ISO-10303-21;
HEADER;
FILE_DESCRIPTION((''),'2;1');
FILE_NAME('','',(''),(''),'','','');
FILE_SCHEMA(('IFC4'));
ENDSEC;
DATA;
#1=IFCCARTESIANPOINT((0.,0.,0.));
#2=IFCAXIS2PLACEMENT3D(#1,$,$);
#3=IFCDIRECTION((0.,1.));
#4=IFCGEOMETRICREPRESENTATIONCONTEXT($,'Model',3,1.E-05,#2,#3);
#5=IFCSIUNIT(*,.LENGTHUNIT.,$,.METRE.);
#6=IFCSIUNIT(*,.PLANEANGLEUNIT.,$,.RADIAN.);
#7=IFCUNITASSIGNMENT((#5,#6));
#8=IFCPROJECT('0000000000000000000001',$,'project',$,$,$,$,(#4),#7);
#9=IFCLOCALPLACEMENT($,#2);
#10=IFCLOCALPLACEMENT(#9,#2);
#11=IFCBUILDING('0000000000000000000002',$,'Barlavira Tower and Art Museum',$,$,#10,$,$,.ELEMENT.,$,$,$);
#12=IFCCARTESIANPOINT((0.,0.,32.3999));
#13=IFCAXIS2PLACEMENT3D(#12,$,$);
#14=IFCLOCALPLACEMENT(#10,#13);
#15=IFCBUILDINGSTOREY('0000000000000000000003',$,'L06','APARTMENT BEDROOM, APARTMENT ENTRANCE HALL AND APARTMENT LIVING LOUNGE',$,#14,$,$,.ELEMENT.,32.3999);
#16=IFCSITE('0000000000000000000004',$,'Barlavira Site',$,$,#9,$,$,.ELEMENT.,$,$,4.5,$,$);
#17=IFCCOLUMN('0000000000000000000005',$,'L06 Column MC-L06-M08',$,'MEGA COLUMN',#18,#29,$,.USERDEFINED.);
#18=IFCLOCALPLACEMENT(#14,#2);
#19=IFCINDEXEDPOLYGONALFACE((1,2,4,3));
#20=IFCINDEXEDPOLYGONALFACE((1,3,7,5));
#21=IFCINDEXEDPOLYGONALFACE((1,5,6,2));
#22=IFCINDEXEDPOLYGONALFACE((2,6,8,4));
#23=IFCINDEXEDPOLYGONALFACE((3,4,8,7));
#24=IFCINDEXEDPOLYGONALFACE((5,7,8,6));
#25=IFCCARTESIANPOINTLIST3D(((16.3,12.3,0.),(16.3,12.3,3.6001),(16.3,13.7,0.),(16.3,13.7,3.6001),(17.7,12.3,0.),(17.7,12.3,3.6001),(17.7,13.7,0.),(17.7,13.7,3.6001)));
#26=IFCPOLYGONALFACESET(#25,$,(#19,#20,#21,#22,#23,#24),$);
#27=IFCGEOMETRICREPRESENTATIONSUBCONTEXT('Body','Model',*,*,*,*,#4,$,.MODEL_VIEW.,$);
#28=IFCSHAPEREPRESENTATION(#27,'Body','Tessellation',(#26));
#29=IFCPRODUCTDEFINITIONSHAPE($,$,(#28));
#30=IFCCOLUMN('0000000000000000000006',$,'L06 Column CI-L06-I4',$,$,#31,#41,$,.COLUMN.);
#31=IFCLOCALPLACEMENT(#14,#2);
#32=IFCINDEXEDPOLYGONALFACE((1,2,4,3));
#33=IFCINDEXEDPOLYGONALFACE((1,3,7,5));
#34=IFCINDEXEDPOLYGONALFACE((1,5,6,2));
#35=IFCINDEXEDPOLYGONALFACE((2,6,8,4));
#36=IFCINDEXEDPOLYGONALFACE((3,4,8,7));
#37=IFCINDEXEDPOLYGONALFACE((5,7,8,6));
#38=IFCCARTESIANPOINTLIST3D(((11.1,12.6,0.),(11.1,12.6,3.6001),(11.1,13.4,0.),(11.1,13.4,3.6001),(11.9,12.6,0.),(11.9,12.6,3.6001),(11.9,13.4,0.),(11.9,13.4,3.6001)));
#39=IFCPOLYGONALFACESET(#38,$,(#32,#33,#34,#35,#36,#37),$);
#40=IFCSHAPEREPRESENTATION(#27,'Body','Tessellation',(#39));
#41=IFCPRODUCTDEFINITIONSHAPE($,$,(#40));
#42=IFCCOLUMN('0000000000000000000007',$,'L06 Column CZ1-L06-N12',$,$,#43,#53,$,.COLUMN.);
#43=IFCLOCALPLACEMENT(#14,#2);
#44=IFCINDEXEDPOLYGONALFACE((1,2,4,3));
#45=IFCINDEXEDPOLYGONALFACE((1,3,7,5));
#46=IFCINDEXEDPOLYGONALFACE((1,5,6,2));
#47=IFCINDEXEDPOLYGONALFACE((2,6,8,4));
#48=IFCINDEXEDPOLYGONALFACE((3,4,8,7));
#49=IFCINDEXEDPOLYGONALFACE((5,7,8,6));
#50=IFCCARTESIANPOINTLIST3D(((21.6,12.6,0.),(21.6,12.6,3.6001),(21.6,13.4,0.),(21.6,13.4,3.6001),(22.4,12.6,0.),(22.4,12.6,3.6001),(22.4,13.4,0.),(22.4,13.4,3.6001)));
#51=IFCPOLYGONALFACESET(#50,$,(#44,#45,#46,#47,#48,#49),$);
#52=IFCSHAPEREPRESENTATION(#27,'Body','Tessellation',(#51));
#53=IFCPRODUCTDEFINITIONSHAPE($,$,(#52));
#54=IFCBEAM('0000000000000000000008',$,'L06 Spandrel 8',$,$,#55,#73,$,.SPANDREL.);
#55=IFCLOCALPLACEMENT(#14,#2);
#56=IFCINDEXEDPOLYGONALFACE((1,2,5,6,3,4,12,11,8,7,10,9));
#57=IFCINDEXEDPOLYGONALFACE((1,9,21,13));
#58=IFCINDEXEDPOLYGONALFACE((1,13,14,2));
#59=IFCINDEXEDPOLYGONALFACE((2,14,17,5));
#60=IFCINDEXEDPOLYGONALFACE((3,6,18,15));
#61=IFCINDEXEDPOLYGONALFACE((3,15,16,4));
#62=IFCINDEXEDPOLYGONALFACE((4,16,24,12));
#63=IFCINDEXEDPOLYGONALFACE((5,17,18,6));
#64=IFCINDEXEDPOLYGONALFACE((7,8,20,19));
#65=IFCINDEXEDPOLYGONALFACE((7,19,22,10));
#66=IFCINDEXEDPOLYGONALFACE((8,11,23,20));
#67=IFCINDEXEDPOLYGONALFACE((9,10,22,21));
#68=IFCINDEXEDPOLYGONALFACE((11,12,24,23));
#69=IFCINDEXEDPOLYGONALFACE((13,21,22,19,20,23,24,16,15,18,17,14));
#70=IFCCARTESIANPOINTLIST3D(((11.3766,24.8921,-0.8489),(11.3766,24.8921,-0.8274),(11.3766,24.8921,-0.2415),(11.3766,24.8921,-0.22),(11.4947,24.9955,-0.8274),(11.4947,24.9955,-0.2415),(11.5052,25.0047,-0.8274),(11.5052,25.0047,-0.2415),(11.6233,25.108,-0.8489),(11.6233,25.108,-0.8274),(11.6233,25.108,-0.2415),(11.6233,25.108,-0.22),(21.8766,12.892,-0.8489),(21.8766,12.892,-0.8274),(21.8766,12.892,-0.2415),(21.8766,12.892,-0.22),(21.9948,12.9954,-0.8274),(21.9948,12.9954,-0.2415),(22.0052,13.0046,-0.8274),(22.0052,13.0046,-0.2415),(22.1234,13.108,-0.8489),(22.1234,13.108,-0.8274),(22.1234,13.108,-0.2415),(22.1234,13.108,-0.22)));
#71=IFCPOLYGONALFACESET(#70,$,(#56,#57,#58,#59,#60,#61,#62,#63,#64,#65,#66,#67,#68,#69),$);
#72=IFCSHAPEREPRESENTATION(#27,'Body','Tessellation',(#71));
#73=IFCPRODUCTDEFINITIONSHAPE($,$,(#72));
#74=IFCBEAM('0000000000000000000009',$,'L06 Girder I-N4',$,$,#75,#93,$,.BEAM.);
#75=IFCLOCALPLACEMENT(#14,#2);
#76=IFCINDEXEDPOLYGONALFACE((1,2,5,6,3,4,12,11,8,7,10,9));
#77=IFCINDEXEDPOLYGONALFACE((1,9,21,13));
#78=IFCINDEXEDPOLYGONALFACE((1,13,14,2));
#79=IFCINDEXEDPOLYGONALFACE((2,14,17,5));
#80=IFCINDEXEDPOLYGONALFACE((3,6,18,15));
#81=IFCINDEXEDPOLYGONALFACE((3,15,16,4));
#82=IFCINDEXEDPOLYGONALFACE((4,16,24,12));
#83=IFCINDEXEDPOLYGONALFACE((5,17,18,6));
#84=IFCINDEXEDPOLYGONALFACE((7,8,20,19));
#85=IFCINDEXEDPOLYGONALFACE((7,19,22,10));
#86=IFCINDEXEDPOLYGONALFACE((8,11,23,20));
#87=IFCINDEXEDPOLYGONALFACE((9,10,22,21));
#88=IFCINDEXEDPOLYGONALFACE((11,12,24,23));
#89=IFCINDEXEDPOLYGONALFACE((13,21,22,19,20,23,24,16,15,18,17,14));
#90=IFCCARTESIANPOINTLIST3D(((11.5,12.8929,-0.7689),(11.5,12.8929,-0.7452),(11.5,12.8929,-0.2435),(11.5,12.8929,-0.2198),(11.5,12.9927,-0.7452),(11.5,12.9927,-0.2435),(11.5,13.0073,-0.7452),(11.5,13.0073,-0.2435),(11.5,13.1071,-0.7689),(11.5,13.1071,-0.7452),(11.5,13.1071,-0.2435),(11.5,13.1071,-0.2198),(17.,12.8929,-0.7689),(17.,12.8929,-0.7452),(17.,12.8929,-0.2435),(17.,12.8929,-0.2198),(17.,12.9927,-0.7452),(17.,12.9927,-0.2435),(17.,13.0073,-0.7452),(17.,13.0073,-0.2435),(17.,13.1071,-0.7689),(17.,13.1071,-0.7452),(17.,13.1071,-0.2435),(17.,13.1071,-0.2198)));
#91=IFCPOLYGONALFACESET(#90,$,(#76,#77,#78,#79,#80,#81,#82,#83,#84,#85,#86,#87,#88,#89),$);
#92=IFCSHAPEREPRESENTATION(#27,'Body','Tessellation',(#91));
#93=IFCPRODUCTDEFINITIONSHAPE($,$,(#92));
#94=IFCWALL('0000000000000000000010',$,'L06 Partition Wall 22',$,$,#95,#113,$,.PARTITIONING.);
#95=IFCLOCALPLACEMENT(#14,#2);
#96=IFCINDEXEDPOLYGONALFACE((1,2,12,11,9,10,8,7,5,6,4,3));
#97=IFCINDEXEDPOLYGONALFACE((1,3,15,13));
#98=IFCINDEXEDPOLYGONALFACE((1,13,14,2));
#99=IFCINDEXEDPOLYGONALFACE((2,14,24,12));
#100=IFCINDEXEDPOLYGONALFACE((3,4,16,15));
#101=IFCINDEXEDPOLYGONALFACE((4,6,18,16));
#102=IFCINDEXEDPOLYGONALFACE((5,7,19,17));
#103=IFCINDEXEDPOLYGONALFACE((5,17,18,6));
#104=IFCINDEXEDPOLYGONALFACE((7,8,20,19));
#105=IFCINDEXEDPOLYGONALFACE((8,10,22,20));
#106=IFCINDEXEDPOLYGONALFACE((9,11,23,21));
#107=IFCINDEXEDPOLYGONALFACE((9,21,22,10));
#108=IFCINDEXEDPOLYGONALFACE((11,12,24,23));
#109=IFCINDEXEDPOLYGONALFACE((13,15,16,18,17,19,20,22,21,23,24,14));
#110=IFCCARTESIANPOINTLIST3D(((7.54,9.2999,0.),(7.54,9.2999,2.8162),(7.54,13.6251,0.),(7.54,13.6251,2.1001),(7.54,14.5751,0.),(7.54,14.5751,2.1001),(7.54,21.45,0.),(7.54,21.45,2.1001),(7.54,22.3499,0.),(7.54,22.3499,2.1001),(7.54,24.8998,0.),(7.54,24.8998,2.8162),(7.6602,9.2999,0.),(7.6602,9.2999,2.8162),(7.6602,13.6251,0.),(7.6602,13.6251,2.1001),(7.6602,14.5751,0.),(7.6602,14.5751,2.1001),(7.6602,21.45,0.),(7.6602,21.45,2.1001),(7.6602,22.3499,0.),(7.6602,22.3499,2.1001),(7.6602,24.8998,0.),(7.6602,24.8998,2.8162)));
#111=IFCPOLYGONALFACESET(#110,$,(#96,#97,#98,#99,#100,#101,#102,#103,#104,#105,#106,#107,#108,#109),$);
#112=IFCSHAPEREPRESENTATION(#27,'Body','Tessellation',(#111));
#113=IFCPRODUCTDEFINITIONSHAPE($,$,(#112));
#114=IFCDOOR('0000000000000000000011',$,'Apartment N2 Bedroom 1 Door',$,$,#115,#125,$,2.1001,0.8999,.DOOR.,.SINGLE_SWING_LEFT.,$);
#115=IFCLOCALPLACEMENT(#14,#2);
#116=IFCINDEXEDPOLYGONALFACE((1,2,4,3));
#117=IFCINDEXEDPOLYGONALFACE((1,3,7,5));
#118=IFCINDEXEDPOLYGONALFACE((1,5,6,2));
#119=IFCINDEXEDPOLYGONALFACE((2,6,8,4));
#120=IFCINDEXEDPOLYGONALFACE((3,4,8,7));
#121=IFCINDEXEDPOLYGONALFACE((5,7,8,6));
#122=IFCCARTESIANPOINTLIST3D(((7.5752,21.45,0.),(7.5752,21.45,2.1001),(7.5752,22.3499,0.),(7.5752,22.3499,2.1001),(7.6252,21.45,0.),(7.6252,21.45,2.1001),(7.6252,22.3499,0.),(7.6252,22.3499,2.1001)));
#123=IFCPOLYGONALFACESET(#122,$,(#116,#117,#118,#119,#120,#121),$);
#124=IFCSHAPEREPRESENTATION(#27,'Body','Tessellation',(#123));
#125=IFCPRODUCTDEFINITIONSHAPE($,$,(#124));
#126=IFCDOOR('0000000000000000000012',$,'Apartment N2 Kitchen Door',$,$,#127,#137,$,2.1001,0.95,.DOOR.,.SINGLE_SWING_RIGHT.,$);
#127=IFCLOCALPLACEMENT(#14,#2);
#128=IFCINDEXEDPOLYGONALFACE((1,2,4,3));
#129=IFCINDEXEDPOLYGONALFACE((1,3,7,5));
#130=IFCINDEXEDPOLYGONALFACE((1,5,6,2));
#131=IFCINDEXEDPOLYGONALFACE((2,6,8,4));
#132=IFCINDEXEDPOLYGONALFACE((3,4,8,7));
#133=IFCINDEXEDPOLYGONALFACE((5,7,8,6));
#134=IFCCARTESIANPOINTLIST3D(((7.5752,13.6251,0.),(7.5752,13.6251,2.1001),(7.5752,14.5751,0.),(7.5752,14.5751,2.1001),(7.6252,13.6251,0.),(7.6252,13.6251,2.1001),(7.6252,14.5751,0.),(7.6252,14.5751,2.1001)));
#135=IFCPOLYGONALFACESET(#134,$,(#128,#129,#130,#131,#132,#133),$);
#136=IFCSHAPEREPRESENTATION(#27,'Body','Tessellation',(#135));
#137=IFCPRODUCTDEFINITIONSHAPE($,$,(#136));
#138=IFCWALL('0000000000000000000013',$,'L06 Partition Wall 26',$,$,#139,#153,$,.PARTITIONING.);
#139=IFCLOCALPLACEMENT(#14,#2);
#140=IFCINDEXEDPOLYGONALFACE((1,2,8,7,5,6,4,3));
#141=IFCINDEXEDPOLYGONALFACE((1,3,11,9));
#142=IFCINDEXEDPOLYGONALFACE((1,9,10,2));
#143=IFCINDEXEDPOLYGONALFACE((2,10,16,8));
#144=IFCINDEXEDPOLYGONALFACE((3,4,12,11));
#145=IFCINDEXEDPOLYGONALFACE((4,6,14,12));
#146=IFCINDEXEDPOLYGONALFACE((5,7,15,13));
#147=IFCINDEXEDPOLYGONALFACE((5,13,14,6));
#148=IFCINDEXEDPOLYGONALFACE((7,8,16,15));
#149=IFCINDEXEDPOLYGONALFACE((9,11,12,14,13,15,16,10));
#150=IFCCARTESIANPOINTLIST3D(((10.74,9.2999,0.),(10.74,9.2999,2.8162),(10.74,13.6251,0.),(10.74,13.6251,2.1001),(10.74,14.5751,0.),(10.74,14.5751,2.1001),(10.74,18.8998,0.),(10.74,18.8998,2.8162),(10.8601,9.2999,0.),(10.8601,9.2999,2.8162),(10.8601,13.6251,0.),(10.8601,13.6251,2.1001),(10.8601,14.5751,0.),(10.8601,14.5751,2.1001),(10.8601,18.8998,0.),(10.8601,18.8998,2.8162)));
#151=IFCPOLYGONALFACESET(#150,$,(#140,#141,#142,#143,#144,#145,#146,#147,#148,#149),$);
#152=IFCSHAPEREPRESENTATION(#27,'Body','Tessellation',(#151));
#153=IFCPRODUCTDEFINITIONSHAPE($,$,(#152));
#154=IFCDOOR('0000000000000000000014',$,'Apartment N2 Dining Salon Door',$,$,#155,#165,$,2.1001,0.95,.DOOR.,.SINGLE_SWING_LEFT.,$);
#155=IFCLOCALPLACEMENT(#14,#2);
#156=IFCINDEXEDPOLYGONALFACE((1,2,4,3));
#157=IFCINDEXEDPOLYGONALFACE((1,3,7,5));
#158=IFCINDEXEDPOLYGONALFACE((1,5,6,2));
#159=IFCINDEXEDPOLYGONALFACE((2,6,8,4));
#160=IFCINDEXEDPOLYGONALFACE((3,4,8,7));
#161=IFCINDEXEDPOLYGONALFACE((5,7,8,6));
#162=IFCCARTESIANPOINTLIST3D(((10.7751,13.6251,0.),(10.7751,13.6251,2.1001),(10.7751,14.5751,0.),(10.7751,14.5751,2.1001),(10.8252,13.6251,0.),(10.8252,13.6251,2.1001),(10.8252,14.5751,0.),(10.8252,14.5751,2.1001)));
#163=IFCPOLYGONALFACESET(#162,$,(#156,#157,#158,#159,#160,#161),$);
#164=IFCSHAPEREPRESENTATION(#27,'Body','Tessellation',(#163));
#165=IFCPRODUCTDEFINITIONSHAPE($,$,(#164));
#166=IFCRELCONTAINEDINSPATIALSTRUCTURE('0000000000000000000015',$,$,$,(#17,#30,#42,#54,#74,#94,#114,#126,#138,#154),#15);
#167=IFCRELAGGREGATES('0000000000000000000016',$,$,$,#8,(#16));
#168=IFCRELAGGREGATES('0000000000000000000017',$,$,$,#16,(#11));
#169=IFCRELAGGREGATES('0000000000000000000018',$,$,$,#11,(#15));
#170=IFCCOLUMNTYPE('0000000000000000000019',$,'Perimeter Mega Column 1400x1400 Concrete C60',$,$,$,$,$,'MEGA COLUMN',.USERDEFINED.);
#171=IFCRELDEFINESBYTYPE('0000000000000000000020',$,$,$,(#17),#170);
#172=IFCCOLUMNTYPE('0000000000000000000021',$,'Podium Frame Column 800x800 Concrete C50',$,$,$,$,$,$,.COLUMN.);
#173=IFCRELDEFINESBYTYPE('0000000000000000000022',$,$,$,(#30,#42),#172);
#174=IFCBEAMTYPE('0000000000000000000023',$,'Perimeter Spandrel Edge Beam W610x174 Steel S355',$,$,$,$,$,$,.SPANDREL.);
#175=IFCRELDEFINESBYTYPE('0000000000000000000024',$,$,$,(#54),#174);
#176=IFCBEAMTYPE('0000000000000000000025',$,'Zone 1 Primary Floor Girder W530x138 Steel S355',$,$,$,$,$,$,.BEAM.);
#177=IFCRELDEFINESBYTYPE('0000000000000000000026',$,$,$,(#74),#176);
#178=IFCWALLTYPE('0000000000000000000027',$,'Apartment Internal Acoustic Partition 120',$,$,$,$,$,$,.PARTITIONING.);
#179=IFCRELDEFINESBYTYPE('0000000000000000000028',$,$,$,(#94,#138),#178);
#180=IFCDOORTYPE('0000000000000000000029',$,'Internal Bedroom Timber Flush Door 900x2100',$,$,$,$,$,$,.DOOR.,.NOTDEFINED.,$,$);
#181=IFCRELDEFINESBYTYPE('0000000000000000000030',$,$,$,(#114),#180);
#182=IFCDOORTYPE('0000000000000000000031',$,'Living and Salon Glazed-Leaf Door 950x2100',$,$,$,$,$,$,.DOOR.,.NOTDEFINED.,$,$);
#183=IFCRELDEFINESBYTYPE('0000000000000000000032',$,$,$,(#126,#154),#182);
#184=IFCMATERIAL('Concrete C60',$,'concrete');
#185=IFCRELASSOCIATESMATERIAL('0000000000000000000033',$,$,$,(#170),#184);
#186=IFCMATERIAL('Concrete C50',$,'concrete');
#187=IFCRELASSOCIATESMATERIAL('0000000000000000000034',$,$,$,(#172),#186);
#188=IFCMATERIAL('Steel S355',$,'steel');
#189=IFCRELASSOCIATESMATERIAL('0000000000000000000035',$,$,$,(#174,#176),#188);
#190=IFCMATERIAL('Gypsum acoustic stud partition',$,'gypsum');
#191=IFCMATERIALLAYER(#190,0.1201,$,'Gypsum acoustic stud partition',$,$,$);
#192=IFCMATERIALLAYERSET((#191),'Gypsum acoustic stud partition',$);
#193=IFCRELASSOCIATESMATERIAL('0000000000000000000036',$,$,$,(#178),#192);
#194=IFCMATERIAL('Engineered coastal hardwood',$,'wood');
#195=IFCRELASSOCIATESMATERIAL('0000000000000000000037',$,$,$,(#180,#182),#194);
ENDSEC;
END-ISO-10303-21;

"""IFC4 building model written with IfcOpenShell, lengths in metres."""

from ifc_helpers import new_model, si_unit, direction, frame, frame_2d, origin, origin_2d, place, context, subcontext, project, spatial, rectangle, i_section, extrude, material, layer, layer_set, material_profile, profile_set, type_object, element, fill, save


model = new_model("IFC4")

# Units and contexts
model_context = context("Model", 3, precision=1e-05, world=origin(), true_north=direction((0.0, 1.0)))
body_context = subcontext(model_context, "Body", "Model", "MODEL_VIEW")
ifc_project = project(units=[si_unit("LENGTHUNIT", "METRE"), si_unit("PLANEANGLEUNIT", "RADIAN")], contexts=[model_context])

# Site, building, storey
site_placement = place(None, origin())
site = spatial("IfcSite", under=ifc_project, at=site_placement, Name="Barlavira Site", CompositionType="ELEMENT", RefElevation=4.5)
building_placement = place(site_placement, origin())
building = spatial("IfcBuilding", under=site, at=building_placement, Name="Barlavira Tower and Art Museum", CompositionType="ELEMENT")
storey_placement = place(building_placement, frame((0.0, 0.0, 32.3999)))
storey = spatial("IfcBuildingStorey", under=building, at=storey_placement, Name="L06", Description="APARTMENT BEDROOM, APARTMENT ENTRANCE HALL AND APARTMENT LIVING LOUNGE", CompositionType="ELEMENT", Elevation=32.3999)

# Columns
ifc_material_1 = material(Name="Concrete C60", Category="concrete")
ifc_material_profile_1 = material_profile(ifc_material_1, rectangle(XDim=1.3999, YDim=1.3999, at=origin_2d()), Name="RC-MCOL 1400x1400")
ifc_profile_set_1 = profile_set([ifc_material_profile_1], Name="Concrete C60")
column_type_1 = type_object("IfcColumnType", Name="Perimeter Mega Column 1400x1400 Concrete C60", ElementType="MEGA COLUMN", PredefinedType="USERDEFINED", material=ifc_profile_set_1)
column_placement = place(storey_placement, frame((17.0, 13.0, 0.0), z_axis=(0.0, 0.0, 1.0), x_axis=(1.0, 0.0, 0.0)))
element("IfcColumn", 1, at=column_placement, inside=storey, type_object=column_type_1, Name="L06 Column MC-L06-M08", ObjectType="MEGA COLUMN", PredefinedType="USERDEFINED", context=body_context, shape_type="SweptSolid", body=[
    extrude(rectangle(XDim=1.3999, YDim=1.3999, at=origin_2d()), origin(), (0.0, 0.0, 1.0), 3.6001),
])
ifc_material_2 = material(Name="Concrete C50", Category="concrete")
ifc_material_profile_2 = material_profile(ifc_material_2, rectangle(XDim=0.8, YDim=0.8, at=origin_2d()), Name="RC-COL 800x800")
ifc_profile_set_2 = profile_set([ifc_material_profile_2], Name="Concrete C50")
column_type_2 = type_object("IfcColumnType", Name="Podium Frame Column 800x800 Concrete C50", PredefinedType="COLUMN", material=ifc_profile_set_2)
for number, where, z_axis, x_axis, name in (
    (2, (11.5, 13.0, 0.0), (0.0, 0.0, 1.0), (1.0, 0.0, 0.0), "L06 Column CI-L06-I4"),
    (3, (22.0, 13.0, 0.0), (0.0, 0.0, 1.0), (1.0, 0.0, 0.0), "L06 Column CZ1-L06-N12"),
):
    element("IfcColumn", number, at=place(storey_placement, frame(where, z_axis=z_axis, x_axis=x_axis)), inside=storey, type_object=column_type_2, Name=name, PredefinedType="COLUMN", context=body_context, shape_type="SweptSolid", body=[
        extrude(rectangle(XDim=0.8, YDim=0.8, at=origin_2d()), origin(), (0.0, 0.0, 1.0), 3.6001),
    ])

# Beams
ifc_material_3 = material(Name="Steel S355", Category="steel")
ifc_material_profile_3 = material_profile(ifc_material_3, i_section(OverallWidth=0.3279, OverallDepth=0.6289, WebThickness=0.0139, FlangeThickness=0.0215, at=origin_2d()), Name="W610x174.0")
ifc_profile_set_3 = profile_set([ifc_material_profile_3], Name="Steel S355")
beam_type_1 = type_object("IfcBeamType", Name="Perimeter Spandrel Edge Beam W610x174 Steel S355", PredefinedType="SPANDREL", material=ifc_profile_set_3)
beam_1_placement = place(storey_placement, frame((22.0, 13.0, -0.5344), z_axis=(-0.658505, 0.752577, 0.0), x_axis=(-0.752577, -0.658505, 0.0)))
element("IfcBeam", 4, at=beam_1_placement, inside=storey, type_object=beam_type_1, Name="L06 Spandrel 8", PredefinedType="SPANDREL", context=body_context, shape_type="SweptSolid", body=[
    extrude(i_section(OverallWidth=0.3279, OverallDepth=0.6289, WebThickness=0.0139, FlangeThickness=0.0215, at=origin_2d()), origin(), (0.0, 0.0, 1.0), 15.9453),
])
ifc_material_profile_4 = material_profile(ifc_material_3, i_section(OverallWidth=0.2141, OverallDepth=0.5491, WebThickness=0.0146, FlangeThickness=0.0237, at=origin_2d()), Name="W530x138.0")
ifc_profile_set_4 = profile_set([ifc_material_profile_4], Name="Steel S355")
beam_type_2 = type_object("IfcBeamType", Name="Zone 1 Primary Floor Girder W530x138 Steel S355", PredefinedType="BEAM", material=ifc_profile_set_4)
beam_2_placement = place(storey_placement, frame((11.5, 13.0, -0.4944), z_axis=(1.0, 0.0, 0.0), x_axis=(0.0, 1.0, 0.0)))
element("IfcBeam", 5, at=beam_2_placement, inside=storey, type_object=beam_type_2, Name="L06 Girder I-N4", PredefinedType="BEAM", context=body_context, shape_type="SweptSolid", body=[
    extrude(i_section(OverallWidth=0.2141, OverallDepth=0.5491, WebThickness=0.0146, FlangeThickness=0.0237, at=origin_2d()), origin(), (0.0, 0.0, 1.0), 5.5),
])

# Wall, openings, doors
ifc_material_4 = material(Name="Gypsum acoustic stud partition", Category="gypsum")
ifc_layer_1 = layer(ifc_material_4, 0.1201, Name="Gypsum acoustic stud partition")
ifc_layer_set_1 = layer_set([ifc_layer_1], Name="Gypsum acoustic stud partition")
wall_type_1 = type_object("IfcWallType", Name="Apartment Internal Acoustic Partition 120", PredefinedType="PARTITIONING", material=ifc_layer_set_1)
wall_1_placement = place(storey_placement, frame((7.6001, 9.3, 0.0), z_axis=(0.0, 0.0, 1.0), x_axis=(0.0, 1.0, 0.0)))
wall_1 = element("IfcWall", 6, at=wall_1_placement, inside=storey, type_object=wall_type_1, Name="L06 Partition Wall 22", PredefinedType="PARTITIONING", context=body_context, shape_type="SweptSolid", body=[
    extrude(rectangle(XDim=15.5999, YDim=0.1201, at=frame_2d((7.7998, 0.0))), origin(), (0.0, 0.0, 1.0), 2.8162),
])
opening_1_placement = place(wall_1_placement, frame((4.325, 0.0, 0.0)))
opening_1 = element("IfcOpeningElement", 7, at=opening_1_placement, cuts=wall_1, PredefinedType="OPENING", context=body_context, shape_type="SweptSolid", body=[
    extrude(rectangle(XDim=0.95, YDim=2.1001, at=frame_2d((0.4751, 1.05))), frame((0.0, 0.0701, 0.0), z_axis=(0.0, -1.0, 0.0), x_axis=(1.0, 0.0, 0.0)), (0.0, 0.0, 1.0), 0.1401),
])
opening_2_placement = place(wall_1_placement, frame((12.1499, 0.0, 0.0)))
opening_2 = element("IfcOpeningElement", 8, at=opening_2_placement, cuts=wall_1, PredefinedType="OPENING", context=body_context, shape_type="SweptSolid", body=[
    extrude(rectangle(XDim=0.8999, YDim=2.1001, at=frame_2d((0.45, 1.05))), frame((0.0, 0.0701, 0.0), z_axis=(0.0, -1.0, 0.0), x_axis=(1.0, 0.0, 0.0)), (0.0, 0.0, 1.0), 0.1401),
])
ifc_material_5 = material(Name="Engineered coastal hardwood", Category="wood")
door_type_1 = type_object("IfcDoorType", Name="Internal Bedroom Timber Flush Door 900x2100", OperationType="NOTDEFINED", PredefinedType="DOOR", material=ifc_material_5)
door_1_placement = place(opening_2_placement, origin())
door_1 = element("IfcDoor", 9, at=door_1_placement, inside=storey, type_object=door_type_1, Name="Apartment N2 Bedroom 1 Door", OperationType="SINGLE_SWING_LEFT", OverallHeight=2.1001, OverallWidth=0.8999, PredefinedType="DOOR", context=body_context, shape_type="SweptSolid", body=[
    extrude(rectangle(XDim=0.8999, YDim=2.1001, at=frame_2d((0.45, 1.05))), frame((0.0, 0.0249, 0.0), z_axis=(0.0, -1.0, 0.0), x_axis=(1.0, 0.0, 0.0)), (0.0, 0.0, 1.0), 0.05),
])
fill(opening_2, door_1)
door_type_2 = type_object("IfcDoorType", Name="Living and Salon Glazed-Leaf Door 950x2100", OperationType="NOTDEFINED", PredefinedType="DOOR", material=ifc_material_5)
door_2_placement = place(opening_1_placement, origin())
door_2 = element("IfcDoor", 10, at=door_2_placement, inside=storey, type_object=door_type_2, Name="Apartment N2 Kitchen Door", OperationType="SINGLE_SWING_RIGHT", OverallHeight=2.1001, OverallWidth=0.95, PredefinedType="DOOR", context=body_context, shape_type="SweptSolid", body=[
    extrude(rectangle(XDim=0.95, YDim=2.1001, at=frame_2d((0.4751, 1.05))), frame((0.0, 0.0249, 0.0), z_axis=(0.0, -1.0, 0.0), x_axis=(1.0, 0.0, 0.0)), (0.0, 0.0, 1.0), 0.05),
])
fill(opening_1, door_2)

# Wall, opening, door
wall_2_placement = place(storey_placement, frame((10.8, 9.3, 0.0), z_axis=(0.0, 0.0, 1.0), x_axis=(0.0, 1.0, 0.0)))
wall_2 = element("IfcWall", 11, at=wall_2_placement, inside=storey, type_object=wall_type_1, Name="L06 Partition Wall 26", PredefinedType="PARTITIONING", context=body_context, shape_type="SweptSolid", body=[
    extrude(rectangle(XDim=9.5999, YDim=0.1201, at=frame_2d((4.7998, 0.0))), origin(), (0.0, 0.0, 1.0), 2.8162),
])
opening_3_placement = place(wall_2_placement, frame((4.325, 0.0, 0.0)))
opening_3 = element("IfcOpeningElement", 12, at=opening_3_placement, cuts=wall_2, PredefinedType="OPENING", context=body_context, shape_type="SweptSolid", body=[
    extrude(rectangle(XDim=0.95, YDim=2.1001, at=frame_2d((0.4751, 1.05))), frame((0.0, 0.0701, 0.0), z_axis=(0.0, -1.0, 0.0), x_axis=(1.0, 0.0, 0.0)), (0.0, 0.0, 1.0), 0.1401),
])
door_3_placement = place(opening_3_placement, origin())
door_3 = element("IfcDoor", 13, at=door_3_placement, inside=storey, type_object=door_type_2, Name="Apartment N2 Dining Salon Door", OperationType="SINGLE_SWING_LEFT", OverallHeight=2.1001, OverallWidth=0.95, PredefinedType="DOOR", context=body_context, shape_type="SweptSolid", body=[
    extrude(rectangle(XDim=0.95, YDim=2.1001, at=frame_2d((0.4751, 1.05))), frame((0.0, 0.0249, 0.0), z_axis=(0.0, -1.0, 0.0), x_axis=(1.0, 0.0, 0.0)), (0.0, 0.0, 1.0), 0.05),
])
fill(opening_3, door_3)

save(model, "model.ifc")
